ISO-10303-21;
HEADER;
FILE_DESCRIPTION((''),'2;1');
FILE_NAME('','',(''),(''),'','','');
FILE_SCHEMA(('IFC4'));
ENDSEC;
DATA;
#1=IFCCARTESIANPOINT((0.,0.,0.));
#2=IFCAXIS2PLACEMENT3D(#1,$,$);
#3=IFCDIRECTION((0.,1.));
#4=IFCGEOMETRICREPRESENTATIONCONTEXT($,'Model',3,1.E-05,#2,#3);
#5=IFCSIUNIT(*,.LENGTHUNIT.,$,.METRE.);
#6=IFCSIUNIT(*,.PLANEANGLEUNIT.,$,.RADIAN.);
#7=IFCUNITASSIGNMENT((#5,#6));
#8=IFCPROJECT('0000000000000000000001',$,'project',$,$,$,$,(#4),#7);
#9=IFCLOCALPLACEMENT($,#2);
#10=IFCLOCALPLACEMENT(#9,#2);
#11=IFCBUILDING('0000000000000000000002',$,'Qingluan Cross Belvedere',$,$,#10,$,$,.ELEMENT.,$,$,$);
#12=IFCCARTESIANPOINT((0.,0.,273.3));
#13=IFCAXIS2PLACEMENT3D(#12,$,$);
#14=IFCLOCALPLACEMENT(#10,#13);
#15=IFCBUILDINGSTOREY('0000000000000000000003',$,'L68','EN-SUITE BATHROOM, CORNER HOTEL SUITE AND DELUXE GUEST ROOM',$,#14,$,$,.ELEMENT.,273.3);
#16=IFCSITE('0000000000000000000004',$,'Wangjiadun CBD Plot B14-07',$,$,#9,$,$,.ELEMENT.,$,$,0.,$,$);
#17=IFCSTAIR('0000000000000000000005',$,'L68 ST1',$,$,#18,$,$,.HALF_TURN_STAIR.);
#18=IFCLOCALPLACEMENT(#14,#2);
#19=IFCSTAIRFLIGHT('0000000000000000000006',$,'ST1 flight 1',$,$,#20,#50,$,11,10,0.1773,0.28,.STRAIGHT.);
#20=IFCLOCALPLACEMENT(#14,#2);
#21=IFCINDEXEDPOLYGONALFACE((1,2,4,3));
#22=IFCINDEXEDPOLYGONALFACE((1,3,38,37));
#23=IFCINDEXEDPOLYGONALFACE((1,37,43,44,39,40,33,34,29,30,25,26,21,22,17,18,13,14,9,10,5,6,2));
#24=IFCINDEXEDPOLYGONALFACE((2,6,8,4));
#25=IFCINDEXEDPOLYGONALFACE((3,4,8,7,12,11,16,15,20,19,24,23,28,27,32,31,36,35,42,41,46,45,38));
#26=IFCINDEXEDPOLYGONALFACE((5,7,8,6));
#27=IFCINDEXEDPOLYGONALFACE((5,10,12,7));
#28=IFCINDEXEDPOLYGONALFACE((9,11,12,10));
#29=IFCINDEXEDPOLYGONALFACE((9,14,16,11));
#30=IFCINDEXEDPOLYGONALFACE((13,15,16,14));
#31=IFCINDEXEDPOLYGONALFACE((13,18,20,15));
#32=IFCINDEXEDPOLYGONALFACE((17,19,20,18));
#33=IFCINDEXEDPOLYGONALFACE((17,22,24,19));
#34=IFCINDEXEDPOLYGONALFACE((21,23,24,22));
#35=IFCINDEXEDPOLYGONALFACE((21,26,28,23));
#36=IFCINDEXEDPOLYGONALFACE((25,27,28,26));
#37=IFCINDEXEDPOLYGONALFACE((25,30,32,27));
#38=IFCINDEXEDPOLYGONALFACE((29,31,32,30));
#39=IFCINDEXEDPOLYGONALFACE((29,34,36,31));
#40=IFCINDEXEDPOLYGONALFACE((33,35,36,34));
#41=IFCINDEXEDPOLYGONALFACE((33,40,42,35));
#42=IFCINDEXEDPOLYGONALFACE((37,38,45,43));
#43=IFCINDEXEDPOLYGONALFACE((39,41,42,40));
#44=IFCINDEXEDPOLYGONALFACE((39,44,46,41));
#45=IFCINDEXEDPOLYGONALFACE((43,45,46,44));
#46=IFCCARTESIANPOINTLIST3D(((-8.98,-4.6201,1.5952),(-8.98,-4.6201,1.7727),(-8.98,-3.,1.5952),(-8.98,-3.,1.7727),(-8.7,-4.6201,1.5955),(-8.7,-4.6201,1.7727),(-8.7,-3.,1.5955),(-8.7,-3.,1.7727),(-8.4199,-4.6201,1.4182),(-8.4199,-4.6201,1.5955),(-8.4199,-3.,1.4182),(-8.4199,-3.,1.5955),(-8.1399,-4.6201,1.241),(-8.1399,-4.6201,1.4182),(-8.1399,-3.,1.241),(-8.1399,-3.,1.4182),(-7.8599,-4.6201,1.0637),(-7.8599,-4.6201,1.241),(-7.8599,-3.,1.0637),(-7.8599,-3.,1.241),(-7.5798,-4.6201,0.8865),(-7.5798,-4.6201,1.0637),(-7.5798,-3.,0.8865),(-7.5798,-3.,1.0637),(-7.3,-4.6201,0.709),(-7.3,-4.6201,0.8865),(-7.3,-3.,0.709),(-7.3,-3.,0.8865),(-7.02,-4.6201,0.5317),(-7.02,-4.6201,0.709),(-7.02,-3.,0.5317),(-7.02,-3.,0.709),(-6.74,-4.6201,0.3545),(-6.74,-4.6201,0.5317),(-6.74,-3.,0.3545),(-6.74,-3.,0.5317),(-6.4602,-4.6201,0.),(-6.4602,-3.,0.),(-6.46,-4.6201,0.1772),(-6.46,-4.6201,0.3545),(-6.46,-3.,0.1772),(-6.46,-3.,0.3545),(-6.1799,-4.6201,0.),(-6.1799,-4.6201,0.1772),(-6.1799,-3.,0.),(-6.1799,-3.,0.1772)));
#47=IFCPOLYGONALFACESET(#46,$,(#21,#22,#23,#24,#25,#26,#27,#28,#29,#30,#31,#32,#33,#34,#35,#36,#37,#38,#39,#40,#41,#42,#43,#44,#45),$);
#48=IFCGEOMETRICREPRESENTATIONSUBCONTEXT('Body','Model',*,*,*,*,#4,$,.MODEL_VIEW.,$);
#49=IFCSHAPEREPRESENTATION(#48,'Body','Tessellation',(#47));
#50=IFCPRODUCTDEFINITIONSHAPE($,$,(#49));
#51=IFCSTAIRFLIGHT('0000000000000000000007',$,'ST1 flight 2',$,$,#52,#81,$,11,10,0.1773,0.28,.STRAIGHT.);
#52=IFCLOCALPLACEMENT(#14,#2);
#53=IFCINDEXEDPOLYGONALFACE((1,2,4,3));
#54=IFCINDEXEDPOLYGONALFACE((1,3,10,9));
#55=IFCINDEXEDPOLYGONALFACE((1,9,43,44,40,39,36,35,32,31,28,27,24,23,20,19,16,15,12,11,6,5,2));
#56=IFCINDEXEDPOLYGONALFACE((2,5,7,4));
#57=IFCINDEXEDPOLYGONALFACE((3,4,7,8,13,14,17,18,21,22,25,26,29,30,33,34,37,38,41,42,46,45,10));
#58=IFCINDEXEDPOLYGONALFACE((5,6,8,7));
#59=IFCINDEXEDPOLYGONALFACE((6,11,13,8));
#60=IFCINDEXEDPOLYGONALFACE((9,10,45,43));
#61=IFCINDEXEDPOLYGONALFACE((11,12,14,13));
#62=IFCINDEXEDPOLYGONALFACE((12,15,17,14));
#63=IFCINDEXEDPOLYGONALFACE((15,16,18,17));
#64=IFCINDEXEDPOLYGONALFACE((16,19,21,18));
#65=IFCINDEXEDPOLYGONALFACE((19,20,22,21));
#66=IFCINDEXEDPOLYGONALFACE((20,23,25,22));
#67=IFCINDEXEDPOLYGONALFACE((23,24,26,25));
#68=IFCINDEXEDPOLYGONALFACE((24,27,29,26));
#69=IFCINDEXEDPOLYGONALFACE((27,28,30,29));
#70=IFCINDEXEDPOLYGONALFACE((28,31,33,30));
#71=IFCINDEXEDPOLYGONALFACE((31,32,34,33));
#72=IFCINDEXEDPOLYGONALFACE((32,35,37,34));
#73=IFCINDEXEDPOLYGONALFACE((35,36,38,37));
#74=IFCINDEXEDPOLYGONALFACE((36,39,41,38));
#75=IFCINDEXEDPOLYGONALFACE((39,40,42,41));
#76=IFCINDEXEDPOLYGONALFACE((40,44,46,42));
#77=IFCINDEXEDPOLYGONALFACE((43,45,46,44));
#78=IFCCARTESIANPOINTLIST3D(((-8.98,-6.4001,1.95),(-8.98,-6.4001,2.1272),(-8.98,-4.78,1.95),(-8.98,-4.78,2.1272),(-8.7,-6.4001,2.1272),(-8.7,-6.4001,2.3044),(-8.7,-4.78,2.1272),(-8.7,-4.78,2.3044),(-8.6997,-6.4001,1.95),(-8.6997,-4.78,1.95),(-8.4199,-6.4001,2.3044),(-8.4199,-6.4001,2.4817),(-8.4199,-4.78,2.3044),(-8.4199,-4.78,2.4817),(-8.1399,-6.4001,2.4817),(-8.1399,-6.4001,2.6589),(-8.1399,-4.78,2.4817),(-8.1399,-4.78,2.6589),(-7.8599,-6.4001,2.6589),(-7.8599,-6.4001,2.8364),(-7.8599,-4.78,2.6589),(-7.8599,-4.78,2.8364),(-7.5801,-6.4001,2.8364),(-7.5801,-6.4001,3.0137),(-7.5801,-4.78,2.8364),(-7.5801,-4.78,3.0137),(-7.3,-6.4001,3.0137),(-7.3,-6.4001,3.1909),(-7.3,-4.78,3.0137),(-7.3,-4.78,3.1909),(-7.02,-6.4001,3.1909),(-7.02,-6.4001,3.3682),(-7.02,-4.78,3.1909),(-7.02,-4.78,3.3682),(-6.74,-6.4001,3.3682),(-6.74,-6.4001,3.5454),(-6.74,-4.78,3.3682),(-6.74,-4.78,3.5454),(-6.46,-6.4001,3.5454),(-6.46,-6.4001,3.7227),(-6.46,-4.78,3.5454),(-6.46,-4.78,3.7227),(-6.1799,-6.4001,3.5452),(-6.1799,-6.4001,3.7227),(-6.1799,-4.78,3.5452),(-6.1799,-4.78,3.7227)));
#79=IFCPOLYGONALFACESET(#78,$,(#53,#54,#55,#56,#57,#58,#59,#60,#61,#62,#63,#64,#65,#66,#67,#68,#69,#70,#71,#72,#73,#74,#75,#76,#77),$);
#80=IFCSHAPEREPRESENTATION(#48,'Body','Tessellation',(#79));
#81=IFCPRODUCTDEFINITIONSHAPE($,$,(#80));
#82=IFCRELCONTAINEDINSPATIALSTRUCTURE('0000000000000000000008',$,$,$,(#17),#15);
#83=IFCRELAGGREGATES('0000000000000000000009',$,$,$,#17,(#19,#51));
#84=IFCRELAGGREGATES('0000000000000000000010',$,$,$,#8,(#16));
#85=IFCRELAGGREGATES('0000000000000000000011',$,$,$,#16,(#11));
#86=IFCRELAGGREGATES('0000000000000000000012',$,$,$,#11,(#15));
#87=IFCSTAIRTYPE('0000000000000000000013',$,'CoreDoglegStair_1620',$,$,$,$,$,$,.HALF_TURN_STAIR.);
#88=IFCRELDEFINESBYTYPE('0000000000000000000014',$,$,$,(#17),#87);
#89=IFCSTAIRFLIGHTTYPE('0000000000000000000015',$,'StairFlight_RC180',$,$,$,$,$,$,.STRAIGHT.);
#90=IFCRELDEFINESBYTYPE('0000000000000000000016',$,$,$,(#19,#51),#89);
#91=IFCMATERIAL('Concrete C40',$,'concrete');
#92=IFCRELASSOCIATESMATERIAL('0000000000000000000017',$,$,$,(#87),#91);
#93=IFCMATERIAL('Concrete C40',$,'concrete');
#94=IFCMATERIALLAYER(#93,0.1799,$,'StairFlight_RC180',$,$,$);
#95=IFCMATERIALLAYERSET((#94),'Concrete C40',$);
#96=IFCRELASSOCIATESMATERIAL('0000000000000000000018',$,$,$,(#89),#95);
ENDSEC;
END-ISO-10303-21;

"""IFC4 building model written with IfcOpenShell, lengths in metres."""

from ifc_helpers import new_model, si_unit, direction, frame, origin, place, context, subcontext, project, spatial, polyline, outline, extrude, material, layer, layer_set, type_object, element, aggregate, save


model = new_model("IFC4")

# Units and contexts
model_context = context("Model", 3, precision=1e-05, world=origin(), true_north=direction((0.0, 1.0)))
body_context = subcontext(model_context, "Body", "Model", "MODEL_VIEW")
ifc_project = project(units=[si_unit("LENGTHUNIT", "METRE"), si_unit("PLANEANGLEUNIT", "RADIAN")], contexts=[model_context])

# Site, building, storey
site_placement = place(None, origin())
site = spatial("IfcSite", under=ifc_project, at=site_placement, Name="Wangjiadun CBD Plot B14-07", CompositionType="ELEMENT", RefElevation=0.0)
building_placement = place(site_placement, origin())
building = spatial("IfcBuilding", under=site, at=building_placement, Name="Qingluan Cross Belvedere", CompositionType="ELEMENT")
storey_placement = place(building_placement, frame((0.0, 0.0, 273.3)))
storey = spatial("IfcBuildingStorey", under=building, at=storey_placement, Name="L68", Description="EN-SUITE BATHROOM, CORNER HOTEL SUITE AND DELUXE GUEST ROOM", CompositionType="ELEMENT", Elevation=273.3)

# Stair, stair flights
ifc_material_1 = material(Name="Concrete C40", Category="concrete")
stair_type = type_object("IfcStairType", Name="CoreDoglegStair_1620", PredefinedType="HALF_TURN_STAIR", material=ifc_material_1)
stair_placement = place(storey_placement, origin())
stair = element("IfcStair", 1, at=stair_placement, inside=storey, type_object=stair_type, Name="L68 ST1", PredefinedType="HALF_TURN_STAIR")
ifc_material_2 = material(Name="Concrete C40", Category="concrete")
ifc_layer_1 = layer(ifc_material_2, 0.1799, Name="StairFlight_RC180")
ifc_layer_set_1 = layer_set([ifc_layer_1], Name="Concrete C40")
stair_flight_type = type_object("IfcStairFlightType", Name="StairFlight_RC180", PredefinedType="STRAIGHT", material=ifc_layer_set_1)
stair_flight_1_placement = place(storey_placement, frame((-6.1799, -3.8101, 0.0), z_axis=(0.0, 0.0, 1.0), x_axis=(-1.0, 0.0, 0.0)))
stair_flight_1 = element("IfcStairFlight", 2, at=stair_flight_1_placement, type_object=stair_flight_type, Name="ST1 flight 1", NumberOfRisers=11, NumberOfTreads=10, PredefinedType="STRAIGHT", RiserHeight=0.1773, TreadLength=0.28, context=body_context, shape_type="SweptSolid", body=[
    extrude(outline(polyline([(0.0, 0.0), (0.0, 0.1772), (0.28, 0.1772), (0.28, 0.3545), (0.5601, 0.3545), (0.5601, 0.5317), (0.8401, 0.5317), (0.8401, 0.709), (1.1201, 0.709), (1.1201, 0.8865), (1.3999, 0.8865), (1.3999, 1.0637), (1.6799, 1.0637), (1.6799, 1.241), (1.96, 1.241), (1.96, 1.4182), (2.24, 1.4182), (2.24, 1.5955), (2.52, 1.5955), (2.52, 1.7727), (2.8, 1.7727), (2.8, 1.95), (2.8, 1.5952), (0.2803, 0.0), (0.0, 0.0)])), frame((0.0, 0.8101, 0.0), z_axis=(0.0, -1.0, 0.0), x_axis=(1.0, 0.0, 0.0)), (0.0, 0.0, 1.0), 1.6201),
])
stair_flight_2_placement = place(storey_placement, frame((-8.98, -5.5901, 1.95), z_axis=(0.0, 0.0, 1.0), x_axis=(1.0, 0.0, 0.0)))
stair_flight_2 = element("IfcStairFlight", 3, at=stair_flight_2_placement, type_object=stair_flight_type, Name="ST1 flight 2", NumberOfRisers=11, NumberOfTreads=10, PredefinedType="STRAIGHT", RiserHeight=0.1773, TreadLength=0.28, context=body_context, shape_type="SweptSolid", body=[
    extrude(outline(polyline([(0.0, 0.0), (0.0, 0.1772), (0.28, 0.1772), (0.28, 0.3545), (0.5601, 0.3545), (0.5601, 0.5317), (0.8401, 0.5317), (0.8401, 0.709), (1.1201, 0.709), (1.1201, 0.8865), (1.3999, 0.8865), (1.3999, 1.0637), (1.6799, 1.0637), (1.6799, 1.241), (1.96, 1.241), (1.96, 1.4182), (2.24, 1.4182), (2.24, 1.5955), (2.52, 1.5955), (2.52, 1.7727), (2.8, 1.7727), (2.8, 1.95), (2.8, 1.5952), (0.2803, 0.0), (0.0, 0.0)])), frame((0.0, 0.8101, 0.0), z_axis=(0.0, -1.0, 0.0), x_axis=(1.0, 0.0, 0.0)), (0.0, 0.0, 1.0), 1.6201),
])
aggregate(stair, [stair_flight_1, stair_flight_2])

save(model, "model.ifc")
